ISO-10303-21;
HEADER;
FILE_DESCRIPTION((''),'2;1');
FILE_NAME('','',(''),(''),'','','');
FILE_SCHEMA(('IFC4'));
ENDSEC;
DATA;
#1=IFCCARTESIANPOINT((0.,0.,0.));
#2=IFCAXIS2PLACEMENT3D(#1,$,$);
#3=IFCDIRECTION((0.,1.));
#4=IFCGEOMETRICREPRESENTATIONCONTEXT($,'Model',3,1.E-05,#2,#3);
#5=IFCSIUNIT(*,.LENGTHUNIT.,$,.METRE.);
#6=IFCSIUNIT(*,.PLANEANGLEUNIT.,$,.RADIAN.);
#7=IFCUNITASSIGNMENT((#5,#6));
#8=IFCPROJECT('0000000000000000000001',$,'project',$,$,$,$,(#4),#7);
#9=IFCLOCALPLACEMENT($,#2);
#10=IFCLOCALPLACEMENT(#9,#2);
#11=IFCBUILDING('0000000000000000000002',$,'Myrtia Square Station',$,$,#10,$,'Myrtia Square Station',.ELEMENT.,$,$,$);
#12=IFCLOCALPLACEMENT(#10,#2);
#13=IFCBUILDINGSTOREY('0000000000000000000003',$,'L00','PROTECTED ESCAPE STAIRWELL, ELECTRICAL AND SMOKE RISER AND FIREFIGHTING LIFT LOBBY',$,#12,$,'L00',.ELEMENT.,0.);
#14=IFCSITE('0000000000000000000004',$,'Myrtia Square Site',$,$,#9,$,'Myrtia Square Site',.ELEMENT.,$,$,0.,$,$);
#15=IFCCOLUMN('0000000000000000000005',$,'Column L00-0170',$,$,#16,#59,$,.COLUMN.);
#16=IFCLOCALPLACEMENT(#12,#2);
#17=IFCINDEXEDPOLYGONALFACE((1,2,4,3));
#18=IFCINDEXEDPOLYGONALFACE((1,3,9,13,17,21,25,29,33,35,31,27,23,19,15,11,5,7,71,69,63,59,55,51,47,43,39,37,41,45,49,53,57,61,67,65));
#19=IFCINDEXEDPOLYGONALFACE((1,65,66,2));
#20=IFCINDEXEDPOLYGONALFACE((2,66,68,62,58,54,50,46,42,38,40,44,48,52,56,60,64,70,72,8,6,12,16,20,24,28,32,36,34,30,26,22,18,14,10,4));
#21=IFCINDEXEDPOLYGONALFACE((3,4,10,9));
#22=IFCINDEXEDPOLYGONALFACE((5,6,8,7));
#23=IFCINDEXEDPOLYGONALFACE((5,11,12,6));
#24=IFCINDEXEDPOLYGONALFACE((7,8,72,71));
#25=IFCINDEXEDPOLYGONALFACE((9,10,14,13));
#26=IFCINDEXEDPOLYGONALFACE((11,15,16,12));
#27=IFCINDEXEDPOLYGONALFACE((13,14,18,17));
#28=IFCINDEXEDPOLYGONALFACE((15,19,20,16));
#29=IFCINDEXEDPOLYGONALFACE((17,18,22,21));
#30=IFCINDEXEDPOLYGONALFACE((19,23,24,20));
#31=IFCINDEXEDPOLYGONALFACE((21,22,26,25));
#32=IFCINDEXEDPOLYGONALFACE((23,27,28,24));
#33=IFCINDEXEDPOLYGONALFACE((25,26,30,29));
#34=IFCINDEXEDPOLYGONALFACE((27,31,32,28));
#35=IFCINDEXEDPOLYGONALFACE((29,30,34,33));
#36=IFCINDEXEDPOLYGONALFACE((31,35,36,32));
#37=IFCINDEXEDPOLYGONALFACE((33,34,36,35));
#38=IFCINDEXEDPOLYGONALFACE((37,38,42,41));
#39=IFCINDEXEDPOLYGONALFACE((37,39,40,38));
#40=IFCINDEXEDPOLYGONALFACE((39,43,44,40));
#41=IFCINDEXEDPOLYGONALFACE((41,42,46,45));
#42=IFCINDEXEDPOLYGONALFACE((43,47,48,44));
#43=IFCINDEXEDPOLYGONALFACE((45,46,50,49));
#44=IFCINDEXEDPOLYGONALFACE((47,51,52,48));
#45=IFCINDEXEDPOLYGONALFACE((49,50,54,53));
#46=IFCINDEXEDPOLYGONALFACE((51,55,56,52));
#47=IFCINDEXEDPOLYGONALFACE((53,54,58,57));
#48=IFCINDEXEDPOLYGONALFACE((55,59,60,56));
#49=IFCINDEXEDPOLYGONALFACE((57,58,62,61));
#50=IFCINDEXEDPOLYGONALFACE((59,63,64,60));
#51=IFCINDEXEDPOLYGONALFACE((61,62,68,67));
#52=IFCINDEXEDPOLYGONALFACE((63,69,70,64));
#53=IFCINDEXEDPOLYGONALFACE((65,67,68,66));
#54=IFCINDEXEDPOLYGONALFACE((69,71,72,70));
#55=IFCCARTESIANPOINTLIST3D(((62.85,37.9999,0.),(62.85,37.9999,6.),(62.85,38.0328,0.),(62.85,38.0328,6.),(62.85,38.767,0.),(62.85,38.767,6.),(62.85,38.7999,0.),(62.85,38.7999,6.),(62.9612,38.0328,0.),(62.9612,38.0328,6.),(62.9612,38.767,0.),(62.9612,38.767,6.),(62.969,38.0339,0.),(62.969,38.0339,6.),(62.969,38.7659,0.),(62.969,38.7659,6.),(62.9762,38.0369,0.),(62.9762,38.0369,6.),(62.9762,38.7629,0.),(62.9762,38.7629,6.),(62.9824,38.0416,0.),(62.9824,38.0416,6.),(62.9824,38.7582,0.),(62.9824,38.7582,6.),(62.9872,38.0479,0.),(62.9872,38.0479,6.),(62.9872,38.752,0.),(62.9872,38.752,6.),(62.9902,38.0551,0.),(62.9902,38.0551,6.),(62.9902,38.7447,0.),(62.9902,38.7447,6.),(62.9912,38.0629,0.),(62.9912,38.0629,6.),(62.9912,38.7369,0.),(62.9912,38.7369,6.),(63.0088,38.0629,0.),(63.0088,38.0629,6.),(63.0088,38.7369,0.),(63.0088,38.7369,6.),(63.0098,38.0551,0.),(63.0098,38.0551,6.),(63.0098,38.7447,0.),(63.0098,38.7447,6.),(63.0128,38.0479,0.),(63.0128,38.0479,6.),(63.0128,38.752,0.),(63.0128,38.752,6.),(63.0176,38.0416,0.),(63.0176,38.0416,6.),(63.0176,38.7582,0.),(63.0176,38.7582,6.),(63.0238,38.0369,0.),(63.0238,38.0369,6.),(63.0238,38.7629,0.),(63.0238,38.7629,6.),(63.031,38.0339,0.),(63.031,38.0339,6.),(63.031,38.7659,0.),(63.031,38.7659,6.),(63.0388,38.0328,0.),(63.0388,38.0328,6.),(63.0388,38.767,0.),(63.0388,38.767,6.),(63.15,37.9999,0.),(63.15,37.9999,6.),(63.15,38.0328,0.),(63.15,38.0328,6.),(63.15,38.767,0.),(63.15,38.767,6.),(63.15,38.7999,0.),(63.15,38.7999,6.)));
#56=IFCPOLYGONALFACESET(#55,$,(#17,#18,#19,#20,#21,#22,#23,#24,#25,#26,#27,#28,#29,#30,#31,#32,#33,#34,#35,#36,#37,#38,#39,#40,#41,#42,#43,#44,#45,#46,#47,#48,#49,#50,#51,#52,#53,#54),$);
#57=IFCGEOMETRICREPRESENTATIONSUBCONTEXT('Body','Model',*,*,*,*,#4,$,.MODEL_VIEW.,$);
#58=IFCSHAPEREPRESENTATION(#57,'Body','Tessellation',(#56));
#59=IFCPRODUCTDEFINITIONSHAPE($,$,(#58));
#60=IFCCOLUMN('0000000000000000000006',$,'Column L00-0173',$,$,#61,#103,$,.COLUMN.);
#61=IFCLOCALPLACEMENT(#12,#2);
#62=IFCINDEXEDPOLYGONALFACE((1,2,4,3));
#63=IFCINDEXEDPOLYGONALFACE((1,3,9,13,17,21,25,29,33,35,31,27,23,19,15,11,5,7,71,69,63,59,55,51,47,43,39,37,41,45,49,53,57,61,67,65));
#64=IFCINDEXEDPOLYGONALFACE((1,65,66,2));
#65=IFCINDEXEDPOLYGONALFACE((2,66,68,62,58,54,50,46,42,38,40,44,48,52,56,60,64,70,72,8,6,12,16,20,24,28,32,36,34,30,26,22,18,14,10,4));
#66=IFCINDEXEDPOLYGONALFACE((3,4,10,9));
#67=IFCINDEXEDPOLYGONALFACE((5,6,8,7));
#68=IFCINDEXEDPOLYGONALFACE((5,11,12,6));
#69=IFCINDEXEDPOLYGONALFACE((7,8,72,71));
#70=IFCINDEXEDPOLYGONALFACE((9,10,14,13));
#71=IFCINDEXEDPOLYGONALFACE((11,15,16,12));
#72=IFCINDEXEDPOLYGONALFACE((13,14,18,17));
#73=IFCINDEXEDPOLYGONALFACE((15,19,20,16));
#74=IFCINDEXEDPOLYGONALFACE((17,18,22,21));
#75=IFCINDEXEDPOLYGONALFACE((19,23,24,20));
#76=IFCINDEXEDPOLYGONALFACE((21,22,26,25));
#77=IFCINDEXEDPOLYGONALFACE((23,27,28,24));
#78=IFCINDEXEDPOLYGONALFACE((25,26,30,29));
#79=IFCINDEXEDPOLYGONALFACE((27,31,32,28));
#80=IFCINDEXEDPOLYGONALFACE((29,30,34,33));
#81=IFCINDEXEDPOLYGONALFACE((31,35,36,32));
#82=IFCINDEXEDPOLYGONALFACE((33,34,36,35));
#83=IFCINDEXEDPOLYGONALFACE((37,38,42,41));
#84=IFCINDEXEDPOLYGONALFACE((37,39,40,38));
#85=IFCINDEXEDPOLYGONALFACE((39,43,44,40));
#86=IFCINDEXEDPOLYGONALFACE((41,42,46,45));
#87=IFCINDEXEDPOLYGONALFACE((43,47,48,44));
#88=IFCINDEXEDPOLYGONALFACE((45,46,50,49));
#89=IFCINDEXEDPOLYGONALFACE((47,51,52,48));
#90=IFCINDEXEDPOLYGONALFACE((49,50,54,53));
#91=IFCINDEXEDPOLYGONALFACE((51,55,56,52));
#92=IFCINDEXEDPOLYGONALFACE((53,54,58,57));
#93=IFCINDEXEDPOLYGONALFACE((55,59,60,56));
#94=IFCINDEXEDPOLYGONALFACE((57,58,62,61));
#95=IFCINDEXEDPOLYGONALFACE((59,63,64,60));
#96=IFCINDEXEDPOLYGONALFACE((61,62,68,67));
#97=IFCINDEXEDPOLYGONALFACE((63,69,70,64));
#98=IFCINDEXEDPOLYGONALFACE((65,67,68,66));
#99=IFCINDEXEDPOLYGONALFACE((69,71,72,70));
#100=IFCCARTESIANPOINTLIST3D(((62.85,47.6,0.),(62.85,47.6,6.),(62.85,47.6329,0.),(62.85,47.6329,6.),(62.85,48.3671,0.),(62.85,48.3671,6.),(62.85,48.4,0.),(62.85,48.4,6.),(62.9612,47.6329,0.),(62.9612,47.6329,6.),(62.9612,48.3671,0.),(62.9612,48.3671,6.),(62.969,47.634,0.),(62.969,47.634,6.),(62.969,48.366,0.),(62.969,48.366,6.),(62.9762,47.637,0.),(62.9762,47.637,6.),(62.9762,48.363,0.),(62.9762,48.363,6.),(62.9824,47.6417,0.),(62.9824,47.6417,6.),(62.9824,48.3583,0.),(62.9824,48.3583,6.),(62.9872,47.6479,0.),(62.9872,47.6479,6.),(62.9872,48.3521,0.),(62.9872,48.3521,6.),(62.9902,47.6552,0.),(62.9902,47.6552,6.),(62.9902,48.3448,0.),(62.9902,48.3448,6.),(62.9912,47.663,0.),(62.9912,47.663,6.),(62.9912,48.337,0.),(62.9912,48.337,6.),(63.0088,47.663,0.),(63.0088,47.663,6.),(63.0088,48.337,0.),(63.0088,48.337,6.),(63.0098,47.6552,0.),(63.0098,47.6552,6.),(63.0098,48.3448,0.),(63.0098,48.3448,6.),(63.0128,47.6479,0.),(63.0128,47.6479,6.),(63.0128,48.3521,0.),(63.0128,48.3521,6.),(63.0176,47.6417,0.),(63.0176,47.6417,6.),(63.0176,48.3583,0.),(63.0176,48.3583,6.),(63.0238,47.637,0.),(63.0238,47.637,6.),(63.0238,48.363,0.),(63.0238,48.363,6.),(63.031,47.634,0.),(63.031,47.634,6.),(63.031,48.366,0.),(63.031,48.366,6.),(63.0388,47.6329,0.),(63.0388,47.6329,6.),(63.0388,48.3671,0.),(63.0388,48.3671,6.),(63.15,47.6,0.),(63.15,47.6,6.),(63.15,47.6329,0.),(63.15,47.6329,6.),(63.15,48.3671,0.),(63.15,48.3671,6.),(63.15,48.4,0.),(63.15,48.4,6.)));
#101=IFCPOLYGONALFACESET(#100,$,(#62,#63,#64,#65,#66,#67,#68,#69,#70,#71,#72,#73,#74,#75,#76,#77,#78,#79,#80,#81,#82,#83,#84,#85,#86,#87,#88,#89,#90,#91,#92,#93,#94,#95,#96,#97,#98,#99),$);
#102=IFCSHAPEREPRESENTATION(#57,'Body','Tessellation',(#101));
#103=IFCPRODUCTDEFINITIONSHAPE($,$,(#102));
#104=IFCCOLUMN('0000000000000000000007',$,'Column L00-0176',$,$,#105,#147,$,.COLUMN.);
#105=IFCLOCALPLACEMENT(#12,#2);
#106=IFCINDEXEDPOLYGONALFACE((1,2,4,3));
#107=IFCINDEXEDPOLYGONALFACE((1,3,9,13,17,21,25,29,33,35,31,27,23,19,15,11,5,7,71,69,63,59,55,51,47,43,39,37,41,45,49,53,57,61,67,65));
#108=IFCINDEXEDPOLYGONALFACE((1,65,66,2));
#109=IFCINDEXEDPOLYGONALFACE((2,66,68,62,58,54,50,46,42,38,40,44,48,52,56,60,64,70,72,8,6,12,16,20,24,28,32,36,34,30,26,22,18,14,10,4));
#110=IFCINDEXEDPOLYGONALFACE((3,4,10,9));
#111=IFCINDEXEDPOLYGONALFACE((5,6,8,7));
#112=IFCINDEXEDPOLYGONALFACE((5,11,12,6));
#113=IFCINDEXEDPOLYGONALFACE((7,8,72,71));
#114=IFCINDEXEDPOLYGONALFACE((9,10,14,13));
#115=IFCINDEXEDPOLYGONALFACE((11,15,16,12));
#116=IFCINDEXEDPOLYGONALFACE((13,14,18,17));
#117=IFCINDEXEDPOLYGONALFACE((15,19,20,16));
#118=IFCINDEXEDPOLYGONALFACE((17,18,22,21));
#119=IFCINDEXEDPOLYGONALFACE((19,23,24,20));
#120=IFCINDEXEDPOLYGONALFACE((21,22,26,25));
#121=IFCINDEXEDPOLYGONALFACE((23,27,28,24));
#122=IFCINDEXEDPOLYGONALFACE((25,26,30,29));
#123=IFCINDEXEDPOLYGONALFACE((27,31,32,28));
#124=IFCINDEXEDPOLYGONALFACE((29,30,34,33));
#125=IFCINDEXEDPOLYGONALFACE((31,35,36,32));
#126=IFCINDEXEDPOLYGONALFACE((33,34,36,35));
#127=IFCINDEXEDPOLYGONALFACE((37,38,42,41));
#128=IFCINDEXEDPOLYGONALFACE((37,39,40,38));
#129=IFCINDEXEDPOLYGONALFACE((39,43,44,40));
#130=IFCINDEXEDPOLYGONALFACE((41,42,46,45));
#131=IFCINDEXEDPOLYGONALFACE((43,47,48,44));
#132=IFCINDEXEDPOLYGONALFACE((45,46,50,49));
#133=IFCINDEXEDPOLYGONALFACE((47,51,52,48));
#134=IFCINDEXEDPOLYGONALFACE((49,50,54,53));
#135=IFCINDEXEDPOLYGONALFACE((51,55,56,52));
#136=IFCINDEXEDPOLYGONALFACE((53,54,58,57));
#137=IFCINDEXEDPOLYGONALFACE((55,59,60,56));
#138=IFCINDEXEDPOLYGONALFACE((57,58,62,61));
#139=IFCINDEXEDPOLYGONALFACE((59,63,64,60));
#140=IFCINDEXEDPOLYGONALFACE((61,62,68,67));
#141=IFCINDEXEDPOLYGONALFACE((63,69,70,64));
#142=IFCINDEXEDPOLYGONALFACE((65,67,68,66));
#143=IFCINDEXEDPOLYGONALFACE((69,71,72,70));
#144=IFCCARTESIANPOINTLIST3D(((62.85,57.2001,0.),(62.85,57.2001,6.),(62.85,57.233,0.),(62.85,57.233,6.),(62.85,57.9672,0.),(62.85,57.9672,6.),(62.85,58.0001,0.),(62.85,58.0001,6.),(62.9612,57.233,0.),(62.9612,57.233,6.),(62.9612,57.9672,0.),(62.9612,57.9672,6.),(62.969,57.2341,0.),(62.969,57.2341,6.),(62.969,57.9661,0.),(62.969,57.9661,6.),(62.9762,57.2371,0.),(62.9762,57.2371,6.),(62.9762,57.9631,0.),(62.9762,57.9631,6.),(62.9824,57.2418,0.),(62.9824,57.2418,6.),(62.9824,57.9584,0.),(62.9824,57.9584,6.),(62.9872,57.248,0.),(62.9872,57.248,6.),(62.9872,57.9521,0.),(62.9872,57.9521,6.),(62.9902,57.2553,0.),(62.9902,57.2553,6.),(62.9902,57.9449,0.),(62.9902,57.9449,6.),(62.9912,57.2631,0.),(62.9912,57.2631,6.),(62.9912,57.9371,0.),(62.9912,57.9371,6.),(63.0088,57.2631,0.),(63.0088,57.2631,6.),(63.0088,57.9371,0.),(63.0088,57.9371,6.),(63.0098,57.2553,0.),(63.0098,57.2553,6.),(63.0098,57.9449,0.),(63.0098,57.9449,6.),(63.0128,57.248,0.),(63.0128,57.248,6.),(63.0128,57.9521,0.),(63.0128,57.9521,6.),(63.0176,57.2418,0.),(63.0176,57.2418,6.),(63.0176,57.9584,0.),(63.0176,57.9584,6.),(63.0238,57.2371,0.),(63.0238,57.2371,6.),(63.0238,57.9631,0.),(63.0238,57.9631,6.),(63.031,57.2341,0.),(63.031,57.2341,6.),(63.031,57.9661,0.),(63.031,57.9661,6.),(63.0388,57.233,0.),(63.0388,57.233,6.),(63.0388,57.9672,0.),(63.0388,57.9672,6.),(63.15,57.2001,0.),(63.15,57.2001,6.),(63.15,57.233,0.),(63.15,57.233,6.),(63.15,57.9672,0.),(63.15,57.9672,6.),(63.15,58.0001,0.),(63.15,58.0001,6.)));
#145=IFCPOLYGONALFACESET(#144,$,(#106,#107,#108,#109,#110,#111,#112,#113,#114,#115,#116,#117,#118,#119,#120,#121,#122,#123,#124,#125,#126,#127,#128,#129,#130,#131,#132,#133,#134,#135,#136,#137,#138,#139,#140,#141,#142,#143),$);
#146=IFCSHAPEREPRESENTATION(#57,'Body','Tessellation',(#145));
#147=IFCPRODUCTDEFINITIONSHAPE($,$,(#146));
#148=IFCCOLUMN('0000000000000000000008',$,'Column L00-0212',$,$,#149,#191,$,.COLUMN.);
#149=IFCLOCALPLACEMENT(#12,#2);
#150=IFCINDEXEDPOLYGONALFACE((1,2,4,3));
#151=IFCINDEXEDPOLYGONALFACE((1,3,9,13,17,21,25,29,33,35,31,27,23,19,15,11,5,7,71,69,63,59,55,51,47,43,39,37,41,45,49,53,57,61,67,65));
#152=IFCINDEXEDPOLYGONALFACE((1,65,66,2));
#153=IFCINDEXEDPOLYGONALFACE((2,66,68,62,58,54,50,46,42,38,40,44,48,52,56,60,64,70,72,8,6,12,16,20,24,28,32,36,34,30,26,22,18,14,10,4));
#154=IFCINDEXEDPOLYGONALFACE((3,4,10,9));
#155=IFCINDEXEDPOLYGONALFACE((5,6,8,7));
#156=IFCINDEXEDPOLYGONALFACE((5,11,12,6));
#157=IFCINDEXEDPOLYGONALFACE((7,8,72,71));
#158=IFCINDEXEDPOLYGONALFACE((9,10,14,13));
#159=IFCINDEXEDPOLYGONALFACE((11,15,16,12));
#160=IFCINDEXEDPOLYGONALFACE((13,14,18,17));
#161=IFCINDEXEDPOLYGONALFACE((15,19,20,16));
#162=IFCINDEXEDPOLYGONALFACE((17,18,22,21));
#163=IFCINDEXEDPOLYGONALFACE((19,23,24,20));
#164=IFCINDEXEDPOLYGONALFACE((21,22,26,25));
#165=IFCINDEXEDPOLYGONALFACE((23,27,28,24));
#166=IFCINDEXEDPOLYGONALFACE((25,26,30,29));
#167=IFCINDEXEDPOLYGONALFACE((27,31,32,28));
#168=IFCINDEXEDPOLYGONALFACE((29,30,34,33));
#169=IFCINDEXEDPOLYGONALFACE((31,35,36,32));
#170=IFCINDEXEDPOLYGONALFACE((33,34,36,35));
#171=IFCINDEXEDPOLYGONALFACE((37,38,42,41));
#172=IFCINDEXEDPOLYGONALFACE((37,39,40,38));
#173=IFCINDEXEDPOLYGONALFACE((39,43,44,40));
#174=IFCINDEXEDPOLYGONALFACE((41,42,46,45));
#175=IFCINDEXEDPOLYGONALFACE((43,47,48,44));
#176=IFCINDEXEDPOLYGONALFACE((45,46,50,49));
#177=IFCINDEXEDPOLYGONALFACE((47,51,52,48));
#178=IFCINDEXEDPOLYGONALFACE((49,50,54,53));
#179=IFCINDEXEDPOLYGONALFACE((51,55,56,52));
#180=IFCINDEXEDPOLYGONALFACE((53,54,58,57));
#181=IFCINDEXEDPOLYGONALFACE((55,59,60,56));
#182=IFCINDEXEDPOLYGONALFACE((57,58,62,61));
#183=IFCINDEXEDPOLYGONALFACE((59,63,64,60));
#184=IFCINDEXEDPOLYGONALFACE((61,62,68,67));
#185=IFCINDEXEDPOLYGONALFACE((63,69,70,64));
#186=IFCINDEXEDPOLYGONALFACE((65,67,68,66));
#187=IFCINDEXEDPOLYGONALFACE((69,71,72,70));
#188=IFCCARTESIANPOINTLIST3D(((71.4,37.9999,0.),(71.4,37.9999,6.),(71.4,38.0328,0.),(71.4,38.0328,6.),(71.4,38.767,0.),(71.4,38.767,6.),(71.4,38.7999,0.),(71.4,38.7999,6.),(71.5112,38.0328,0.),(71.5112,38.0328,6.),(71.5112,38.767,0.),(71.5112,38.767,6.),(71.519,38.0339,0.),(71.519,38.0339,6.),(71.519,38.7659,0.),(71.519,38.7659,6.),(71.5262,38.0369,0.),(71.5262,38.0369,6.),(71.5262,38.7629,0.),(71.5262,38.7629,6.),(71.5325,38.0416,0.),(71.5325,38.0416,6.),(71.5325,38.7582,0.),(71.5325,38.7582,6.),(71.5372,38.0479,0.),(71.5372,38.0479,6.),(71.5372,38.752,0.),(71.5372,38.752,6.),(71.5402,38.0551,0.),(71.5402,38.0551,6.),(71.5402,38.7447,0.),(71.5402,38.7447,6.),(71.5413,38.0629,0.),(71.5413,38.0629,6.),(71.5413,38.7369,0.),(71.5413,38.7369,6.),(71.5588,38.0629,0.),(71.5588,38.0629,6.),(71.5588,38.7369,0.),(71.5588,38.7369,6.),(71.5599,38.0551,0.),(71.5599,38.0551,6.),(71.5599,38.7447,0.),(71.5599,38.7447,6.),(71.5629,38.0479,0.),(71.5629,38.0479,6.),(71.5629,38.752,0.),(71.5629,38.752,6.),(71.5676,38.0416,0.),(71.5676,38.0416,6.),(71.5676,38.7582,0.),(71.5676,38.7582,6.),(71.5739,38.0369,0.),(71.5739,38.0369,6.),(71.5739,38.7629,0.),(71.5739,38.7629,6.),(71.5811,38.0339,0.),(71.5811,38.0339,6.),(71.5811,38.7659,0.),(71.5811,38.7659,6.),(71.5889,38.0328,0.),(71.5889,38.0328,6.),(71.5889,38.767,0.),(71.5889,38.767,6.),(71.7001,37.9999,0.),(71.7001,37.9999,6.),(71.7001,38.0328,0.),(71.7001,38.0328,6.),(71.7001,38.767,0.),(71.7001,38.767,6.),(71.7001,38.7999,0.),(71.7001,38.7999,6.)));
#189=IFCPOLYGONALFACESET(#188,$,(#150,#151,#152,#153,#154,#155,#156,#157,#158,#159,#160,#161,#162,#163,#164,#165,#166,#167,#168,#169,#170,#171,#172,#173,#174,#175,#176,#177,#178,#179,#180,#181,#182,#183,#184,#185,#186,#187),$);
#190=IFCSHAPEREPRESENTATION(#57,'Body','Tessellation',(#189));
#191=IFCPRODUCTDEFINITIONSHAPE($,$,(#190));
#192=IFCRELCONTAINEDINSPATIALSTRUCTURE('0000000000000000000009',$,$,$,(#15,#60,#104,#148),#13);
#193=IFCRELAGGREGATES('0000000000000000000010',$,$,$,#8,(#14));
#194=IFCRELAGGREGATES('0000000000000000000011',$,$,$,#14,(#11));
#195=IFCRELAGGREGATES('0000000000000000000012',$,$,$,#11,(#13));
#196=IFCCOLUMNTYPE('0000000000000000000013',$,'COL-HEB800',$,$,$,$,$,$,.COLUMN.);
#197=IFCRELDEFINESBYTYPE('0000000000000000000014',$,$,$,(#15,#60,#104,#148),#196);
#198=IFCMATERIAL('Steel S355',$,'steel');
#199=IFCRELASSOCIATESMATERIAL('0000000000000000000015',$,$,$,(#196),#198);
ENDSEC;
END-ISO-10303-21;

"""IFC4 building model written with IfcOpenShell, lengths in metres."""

from ifc_helpers import new_model, si_unit, direction, frame, origin, origin_2d, place, context, subcontext, project, spatial, i_section, extrude, material, material_profile, profile_set, type_object, element, save


model = new_model("IFC4")

# Units and contexts
model_context = context("Model", 3, precision=1e-05, world=origin(), true_north=direction((0.0, 1.0)))
body_context = subcontext(model_context, "Body", "Model", "MODEL_VIEW")
ifc_project = project(units=[si_unit("LENGTHUNIT", "METRE"), si_unit("PLANEANGLEUNIT", "RADIAN")], contexts=[model_context])

# Site, building, storey
site_placement = place(None, origin())
site = spatial("IfcSite", under=ifc_project, at=site_placement, Name="Myrtia Square Site", LongName="Myrtia Square Site", CompositionType="ELEMENT", RefElevation=0.0)
building_placement = place(site_placement, origin())
building = spatial("IfcBuilding", under=site, at=building_placement, Name="Myrtia Square Station", LongName="Myrtia Square Station", CompositionType="ELEMENT")
storey_placement = place(building_placement, origin())
storey = spatial("IfcBuildingStorey", under=building, at=storey_placement, Name="L00", Description="PROTECTED ESCAPE STAIRWELL, ELECTRICAL AND SMOKE RISER AND FIREFIGHTING LIFT LOBBY", LongName="L00", CompositionType="ELEMENT", Elevation=0.0)

# Columns
ifc_material_1 = material(Name="Steel S355", Category="steel")
ifc_material_profile_1 = material_profile(ifc_material_1, i_section(OverallWidth=0.3, OverallDepth=0.8, WebThickness=0.0176, FlangeThickness=0.033, FilletRadius=0.03, at=origin_2d()), Name="HEB 800")
ifc_profile_set_1 = profile_set([ifc_material_profile_1], Name="Steel S355")
column_type_1 = type_object("IfcColumnType", Name="COL-HEB800", PredefinedType="COLUMN", material=ifc_profile_set_1)
for number, where, z_axis, x_axis, name in (
    (1, (63.0, 38.3999, 0.0), (0.0, 0.0, 1.0), (1.0, 0.0, 0.0), "Column L00-0170"),
    (2, (63.0, 48.0, 0.0), (0.0, 0.0, 1.0), (1.0, 0.0, 0.0), "Column L00-0173"),
    (3, (63.0, 57.6001, 0.0), (0.0, 0.0, 1.0), (1.0, 0.0, 0.0), "Column L00-0176"),
    (4, (71.55, 38.3999, 0.0), (0.0, 0.0, 1.0), (1.0, 0.0, 0.0), "Column L00-0212"),
):
    element("IfcColumn", number, at=place(storey_placement, frame(where, z_axis=z_axis, x_axis=x_axis)), inside=storey, type_object=column_type_1, Name=name, PredefinedType="COLUMN", context=body_context, shape_type="SweptSolid", body=[
        extrude(i_section(OverallWidth=0.3, OverallDepth=0.8, WebThickness=0.0176, FlangeThickness=0.033, FilletRadius=0.03, at=origin_2d()), origin(), (0.0, 0.0, 1.0), 6.0),
    ])

save(model, "model.ifc")
